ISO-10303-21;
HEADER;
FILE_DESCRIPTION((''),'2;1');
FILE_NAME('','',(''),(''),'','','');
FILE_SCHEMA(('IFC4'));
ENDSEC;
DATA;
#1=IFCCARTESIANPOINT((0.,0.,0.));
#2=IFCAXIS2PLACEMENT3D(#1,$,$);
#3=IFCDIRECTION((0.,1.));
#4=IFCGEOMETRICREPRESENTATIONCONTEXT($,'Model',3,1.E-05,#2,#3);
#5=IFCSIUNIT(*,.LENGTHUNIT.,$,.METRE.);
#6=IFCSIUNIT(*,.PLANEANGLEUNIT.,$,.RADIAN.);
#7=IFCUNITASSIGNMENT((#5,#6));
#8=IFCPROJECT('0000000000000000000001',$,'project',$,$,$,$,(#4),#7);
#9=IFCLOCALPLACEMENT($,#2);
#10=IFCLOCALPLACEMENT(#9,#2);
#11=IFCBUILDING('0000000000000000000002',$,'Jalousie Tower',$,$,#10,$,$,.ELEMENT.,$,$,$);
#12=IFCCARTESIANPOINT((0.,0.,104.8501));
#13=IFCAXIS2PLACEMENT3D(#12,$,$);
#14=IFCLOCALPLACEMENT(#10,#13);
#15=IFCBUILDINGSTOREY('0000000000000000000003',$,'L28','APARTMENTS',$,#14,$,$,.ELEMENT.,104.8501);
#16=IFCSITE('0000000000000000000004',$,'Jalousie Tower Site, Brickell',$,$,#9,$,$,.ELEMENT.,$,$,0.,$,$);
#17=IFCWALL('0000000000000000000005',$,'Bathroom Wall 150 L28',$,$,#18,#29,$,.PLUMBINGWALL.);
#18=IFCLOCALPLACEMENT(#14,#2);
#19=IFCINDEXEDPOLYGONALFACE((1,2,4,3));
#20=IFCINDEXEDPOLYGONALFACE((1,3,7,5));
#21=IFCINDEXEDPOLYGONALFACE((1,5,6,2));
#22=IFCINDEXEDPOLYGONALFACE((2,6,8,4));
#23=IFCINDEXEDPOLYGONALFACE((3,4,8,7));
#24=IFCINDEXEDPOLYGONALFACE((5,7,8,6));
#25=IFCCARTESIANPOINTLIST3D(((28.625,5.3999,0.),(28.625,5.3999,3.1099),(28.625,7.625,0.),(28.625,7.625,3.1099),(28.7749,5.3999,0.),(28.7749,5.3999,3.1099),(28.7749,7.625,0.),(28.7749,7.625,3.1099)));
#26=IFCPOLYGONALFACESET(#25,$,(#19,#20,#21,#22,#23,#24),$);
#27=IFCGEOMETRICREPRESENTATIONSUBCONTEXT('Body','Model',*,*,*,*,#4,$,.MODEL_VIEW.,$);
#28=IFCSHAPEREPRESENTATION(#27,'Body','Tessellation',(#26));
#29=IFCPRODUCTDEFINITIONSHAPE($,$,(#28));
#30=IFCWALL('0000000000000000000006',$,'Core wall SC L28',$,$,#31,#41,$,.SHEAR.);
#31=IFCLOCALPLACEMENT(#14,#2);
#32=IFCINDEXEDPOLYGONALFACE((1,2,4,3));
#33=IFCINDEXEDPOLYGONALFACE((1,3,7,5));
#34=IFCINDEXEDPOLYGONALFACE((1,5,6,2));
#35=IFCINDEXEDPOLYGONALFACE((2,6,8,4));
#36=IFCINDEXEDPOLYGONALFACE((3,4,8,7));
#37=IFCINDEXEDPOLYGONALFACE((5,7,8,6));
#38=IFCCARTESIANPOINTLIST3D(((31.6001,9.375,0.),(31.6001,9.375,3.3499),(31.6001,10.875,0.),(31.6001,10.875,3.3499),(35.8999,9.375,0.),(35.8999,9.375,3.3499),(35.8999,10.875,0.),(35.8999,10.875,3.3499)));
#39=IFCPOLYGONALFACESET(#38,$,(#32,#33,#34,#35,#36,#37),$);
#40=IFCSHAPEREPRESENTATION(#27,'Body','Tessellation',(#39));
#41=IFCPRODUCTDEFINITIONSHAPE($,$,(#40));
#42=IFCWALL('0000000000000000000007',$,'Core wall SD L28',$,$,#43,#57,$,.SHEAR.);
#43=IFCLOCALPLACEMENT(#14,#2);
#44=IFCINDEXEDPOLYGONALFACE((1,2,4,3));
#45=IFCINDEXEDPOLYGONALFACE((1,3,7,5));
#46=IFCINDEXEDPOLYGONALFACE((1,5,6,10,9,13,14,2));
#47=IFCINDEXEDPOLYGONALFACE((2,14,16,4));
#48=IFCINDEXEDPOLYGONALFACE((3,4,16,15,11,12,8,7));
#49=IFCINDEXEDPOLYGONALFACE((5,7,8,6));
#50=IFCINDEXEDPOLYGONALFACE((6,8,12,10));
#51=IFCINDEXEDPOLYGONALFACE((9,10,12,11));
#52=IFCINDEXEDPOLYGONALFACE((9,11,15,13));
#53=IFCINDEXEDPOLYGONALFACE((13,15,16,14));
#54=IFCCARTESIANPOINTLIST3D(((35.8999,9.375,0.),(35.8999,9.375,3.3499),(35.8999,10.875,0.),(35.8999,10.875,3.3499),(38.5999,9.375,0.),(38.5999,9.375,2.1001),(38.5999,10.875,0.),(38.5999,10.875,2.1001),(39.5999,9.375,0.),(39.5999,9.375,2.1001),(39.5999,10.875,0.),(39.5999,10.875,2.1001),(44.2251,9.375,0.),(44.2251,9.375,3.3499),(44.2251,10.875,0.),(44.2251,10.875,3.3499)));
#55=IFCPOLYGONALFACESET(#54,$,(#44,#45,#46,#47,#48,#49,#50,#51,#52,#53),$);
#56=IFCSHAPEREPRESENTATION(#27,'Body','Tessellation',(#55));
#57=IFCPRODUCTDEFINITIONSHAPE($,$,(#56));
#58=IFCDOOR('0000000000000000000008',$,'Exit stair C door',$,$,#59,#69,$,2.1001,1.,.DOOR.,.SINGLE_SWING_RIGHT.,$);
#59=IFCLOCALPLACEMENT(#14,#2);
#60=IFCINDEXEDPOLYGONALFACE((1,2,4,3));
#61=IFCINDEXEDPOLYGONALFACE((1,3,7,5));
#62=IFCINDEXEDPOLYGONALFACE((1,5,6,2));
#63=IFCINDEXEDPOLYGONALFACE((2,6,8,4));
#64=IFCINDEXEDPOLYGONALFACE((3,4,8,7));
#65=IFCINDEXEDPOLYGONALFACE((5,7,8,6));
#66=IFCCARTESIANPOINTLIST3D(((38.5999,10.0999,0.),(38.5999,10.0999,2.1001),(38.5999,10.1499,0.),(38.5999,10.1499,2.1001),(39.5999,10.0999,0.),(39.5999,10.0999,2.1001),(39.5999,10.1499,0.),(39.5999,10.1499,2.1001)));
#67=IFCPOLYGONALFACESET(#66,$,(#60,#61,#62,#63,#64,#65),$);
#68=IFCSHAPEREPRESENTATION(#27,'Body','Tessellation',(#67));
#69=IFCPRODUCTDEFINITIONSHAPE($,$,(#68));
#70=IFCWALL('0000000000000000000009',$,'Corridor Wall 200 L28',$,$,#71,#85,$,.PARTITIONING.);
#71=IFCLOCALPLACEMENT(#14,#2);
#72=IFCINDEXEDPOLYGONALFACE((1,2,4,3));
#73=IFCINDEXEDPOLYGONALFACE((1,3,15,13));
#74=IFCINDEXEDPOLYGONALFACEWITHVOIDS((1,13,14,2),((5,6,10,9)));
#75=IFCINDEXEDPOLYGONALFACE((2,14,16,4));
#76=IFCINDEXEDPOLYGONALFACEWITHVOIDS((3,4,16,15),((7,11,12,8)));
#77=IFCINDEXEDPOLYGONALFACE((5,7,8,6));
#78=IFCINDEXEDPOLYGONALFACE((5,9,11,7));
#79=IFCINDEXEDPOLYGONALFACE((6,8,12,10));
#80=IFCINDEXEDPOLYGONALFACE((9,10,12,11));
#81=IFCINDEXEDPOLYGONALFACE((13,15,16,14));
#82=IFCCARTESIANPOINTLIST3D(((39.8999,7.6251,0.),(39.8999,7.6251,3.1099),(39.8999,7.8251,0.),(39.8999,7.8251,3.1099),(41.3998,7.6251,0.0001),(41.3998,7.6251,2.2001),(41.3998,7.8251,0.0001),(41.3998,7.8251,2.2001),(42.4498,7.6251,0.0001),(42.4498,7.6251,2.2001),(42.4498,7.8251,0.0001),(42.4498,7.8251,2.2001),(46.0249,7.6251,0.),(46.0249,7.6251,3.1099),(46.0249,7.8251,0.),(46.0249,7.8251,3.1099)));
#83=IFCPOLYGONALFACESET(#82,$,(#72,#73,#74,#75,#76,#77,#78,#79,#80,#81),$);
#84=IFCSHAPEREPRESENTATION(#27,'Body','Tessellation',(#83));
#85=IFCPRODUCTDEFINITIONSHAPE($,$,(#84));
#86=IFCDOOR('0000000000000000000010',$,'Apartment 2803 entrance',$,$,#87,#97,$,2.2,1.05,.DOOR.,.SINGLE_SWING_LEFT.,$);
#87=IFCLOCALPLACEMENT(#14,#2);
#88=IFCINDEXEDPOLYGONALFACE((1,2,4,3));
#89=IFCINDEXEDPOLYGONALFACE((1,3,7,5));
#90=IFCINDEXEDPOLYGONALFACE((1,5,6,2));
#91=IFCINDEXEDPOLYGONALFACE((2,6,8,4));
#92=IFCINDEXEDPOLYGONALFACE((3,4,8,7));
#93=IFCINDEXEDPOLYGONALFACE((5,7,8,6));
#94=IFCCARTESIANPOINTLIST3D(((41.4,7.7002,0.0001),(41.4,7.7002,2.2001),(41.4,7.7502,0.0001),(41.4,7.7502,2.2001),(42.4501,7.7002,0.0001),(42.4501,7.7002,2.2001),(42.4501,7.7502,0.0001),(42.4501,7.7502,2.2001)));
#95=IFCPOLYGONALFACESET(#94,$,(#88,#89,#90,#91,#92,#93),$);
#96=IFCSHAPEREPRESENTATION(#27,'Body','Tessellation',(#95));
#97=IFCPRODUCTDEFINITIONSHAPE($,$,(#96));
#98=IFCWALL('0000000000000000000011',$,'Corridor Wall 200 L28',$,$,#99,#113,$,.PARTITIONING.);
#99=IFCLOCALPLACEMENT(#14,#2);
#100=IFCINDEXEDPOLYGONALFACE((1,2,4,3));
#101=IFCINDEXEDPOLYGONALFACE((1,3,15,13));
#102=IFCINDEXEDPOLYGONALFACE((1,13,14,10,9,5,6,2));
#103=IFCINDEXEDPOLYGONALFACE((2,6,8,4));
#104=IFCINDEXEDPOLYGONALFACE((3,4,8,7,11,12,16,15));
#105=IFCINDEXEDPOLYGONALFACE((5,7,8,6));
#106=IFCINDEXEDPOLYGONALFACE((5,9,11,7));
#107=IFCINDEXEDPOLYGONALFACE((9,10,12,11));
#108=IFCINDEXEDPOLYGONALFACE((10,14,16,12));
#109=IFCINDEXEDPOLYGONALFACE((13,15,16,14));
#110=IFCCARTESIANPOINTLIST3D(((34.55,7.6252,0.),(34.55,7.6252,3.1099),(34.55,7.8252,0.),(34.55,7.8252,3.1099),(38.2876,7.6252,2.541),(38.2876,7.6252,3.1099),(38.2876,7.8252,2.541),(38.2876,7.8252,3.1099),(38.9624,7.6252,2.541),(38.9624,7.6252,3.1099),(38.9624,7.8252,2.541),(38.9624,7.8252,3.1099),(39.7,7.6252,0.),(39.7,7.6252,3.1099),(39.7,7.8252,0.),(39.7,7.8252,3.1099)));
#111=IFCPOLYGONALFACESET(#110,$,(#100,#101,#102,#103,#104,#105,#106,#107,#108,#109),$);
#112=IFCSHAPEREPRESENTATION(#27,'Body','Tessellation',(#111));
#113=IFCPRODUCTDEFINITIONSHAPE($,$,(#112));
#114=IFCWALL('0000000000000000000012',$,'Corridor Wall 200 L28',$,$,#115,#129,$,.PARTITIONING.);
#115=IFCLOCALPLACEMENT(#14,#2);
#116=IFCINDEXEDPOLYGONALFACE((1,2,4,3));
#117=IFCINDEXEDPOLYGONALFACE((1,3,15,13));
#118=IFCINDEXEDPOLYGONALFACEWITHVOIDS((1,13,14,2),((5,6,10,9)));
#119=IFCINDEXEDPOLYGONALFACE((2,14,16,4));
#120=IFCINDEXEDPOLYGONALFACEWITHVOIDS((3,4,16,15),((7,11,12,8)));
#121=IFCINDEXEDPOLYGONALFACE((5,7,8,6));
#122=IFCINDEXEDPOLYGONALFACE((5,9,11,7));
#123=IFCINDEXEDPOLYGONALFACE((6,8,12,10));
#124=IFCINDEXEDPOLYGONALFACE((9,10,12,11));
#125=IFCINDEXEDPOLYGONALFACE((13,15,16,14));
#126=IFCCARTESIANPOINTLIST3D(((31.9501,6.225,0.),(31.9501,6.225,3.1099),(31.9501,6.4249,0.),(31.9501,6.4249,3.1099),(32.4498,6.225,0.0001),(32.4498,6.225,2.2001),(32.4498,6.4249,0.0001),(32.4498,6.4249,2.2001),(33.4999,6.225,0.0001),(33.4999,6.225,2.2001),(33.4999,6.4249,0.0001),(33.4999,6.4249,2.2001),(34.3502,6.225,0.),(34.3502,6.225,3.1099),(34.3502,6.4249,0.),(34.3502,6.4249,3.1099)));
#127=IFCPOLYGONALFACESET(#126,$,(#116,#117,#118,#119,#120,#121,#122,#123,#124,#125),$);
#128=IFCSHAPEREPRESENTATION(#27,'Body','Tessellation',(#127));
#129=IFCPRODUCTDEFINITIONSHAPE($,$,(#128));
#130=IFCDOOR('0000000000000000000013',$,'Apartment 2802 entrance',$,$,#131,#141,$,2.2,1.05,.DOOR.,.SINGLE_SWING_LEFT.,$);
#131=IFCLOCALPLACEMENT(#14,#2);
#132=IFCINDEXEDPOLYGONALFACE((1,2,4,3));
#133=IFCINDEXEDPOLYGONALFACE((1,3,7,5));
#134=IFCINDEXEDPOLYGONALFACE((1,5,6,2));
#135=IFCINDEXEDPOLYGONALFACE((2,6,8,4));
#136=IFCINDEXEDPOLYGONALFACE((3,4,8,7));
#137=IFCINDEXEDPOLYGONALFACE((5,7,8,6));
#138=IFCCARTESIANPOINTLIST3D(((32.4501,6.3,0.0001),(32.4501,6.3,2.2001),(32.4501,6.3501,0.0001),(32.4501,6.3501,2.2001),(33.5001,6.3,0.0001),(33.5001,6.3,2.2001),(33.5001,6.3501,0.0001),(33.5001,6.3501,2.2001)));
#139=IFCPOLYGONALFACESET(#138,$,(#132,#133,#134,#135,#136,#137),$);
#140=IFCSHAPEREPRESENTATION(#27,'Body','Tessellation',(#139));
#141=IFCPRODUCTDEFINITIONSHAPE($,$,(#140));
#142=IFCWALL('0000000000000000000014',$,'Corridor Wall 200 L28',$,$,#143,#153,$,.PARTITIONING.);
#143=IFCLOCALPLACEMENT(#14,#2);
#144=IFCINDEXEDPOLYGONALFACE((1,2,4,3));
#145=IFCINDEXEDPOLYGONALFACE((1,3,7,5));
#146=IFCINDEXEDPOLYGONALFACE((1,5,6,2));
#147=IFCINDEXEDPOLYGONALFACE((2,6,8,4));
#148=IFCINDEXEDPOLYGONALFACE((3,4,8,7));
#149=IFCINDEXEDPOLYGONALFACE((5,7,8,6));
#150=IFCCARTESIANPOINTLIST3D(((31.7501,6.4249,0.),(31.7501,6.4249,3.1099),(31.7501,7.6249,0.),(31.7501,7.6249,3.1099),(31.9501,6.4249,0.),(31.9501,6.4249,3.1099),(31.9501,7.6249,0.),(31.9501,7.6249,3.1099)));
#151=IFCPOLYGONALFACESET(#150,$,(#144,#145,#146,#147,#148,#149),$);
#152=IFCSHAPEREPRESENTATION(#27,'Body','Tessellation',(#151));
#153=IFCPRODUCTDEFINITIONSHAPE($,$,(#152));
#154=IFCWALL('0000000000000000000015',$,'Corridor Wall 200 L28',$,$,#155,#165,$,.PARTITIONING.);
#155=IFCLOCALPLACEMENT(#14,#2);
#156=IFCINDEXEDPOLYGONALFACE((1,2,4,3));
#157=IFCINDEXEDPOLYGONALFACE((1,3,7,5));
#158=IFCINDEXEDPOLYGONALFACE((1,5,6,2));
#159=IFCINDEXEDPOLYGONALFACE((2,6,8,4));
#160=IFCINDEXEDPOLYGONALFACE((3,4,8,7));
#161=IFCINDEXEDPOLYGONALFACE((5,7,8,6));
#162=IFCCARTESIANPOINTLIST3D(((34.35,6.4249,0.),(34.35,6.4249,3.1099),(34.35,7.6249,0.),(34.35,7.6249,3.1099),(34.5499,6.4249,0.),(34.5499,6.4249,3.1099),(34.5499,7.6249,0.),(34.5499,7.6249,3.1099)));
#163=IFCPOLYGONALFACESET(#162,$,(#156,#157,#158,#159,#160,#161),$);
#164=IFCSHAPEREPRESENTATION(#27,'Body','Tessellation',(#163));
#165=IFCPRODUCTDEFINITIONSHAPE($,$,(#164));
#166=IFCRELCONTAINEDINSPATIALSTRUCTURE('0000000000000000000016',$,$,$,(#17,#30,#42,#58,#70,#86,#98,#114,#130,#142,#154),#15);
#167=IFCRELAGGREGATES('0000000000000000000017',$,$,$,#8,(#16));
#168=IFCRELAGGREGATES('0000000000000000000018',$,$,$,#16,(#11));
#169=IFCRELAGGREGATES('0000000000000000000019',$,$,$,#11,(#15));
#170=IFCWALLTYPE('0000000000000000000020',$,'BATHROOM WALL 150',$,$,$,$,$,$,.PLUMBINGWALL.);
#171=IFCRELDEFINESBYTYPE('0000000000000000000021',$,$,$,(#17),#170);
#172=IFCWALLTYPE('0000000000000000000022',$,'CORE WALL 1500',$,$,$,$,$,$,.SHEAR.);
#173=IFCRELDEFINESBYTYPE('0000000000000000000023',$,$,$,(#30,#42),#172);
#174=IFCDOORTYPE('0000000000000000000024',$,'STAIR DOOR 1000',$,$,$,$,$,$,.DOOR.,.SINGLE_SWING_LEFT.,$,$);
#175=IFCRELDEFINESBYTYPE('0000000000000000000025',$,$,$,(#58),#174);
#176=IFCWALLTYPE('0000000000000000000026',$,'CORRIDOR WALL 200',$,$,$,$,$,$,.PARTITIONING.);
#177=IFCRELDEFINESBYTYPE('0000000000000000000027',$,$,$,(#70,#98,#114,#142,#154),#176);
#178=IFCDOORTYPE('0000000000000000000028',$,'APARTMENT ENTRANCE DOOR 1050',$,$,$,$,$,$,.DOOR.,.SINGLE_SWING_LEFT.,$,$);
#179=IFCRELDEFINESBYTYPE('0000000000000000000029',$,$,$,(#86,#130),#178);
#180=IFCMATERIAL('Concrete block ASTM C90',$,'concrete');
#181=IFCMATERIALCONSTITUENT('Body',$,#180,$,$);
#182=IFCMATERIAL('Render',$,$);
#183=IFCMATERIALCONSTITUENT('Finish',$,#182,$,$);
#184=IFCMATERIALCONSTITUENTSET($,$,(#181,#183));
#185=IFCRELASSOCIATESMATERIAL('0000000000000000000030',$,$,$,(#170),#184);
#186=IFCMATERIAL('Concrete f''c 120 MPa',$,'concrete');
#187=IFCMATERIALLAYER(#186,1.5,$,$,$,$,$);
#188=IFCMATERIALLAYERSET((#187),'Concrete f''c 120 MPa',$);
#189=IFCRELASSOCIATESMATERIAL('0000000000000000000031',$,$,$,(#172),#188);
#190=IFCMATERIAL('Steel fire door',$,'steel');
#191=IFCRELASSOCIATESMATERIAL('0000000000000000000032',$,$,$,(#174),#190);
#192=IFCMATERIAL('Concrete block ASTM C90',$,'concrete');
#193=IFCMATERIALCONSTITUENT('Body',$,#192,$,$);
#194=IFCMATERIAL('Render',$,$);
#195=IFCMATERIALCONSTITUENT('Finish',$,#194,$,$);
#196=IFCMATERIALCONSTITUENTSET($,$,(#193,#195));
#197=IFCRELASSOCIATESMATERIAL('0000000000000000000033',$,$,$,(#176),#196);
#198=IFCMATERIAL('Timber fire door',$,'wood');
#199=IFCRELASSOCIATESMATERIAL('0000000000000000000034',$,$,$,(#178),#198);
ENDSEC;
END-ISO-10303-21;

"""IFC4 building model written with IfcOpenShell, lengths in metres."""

from ifc_helpers import new_model, si_unit, direction, frame, frame_2d, origin, place, context, subcontext, project, spatial, polyline, rectangle, outline, extrude, material, layer, layer_set, constituent, constituent_set, type_object, element, fill, save


model = new_model("IFC4")

# Units and contexts
model_context = context("Model", 3, precision=1e-05, world=origin(), true_north=direction((0.0, 1.0)))
body_context = subcontext(model_context, "Body", "Model", "MODEL_VIEW")
ifc_project = project(units=[si_unit("LENGTHUNIT", "METRE"), si_unit("PLANEANGLEUNIT", "RADIAN")], contexts=[model_context])

# Site, building, storey
site_placement = place(None, origin())
site = spatial("IfcSite", under=ifc_project, at=site_placement, Name="Jalousie Tower Site, Brickell", CompositionType="ELEMENT", RefElevation=0.0)
building_placement = place(site_placement, origin())
building = spatial("IfcBuilding", under=site, at=building_placement, Name="Jalousie Tower", CompositionType="ELEMENT")
storey_placement = place(building_placement, frame((0.0, 0.0, 104.8501)))
storey = spatial("IfcBuildingStorey", under=building, at=storey_placement, Name="L28", Description="APARTMENTS", CompositionType="ELEMENT", Elevation=104.8501)

# Walls
ifc_material_1 = material(Name="Concrete block ASTM C90", Category="concrete")
ifc_constituent_1 = constituent(ifc_material_1, Name="Body")
ifc_material_2 = material(Name="Render")
ifc_constituent_2 = constituent(ifc_material_2, Name="Finish")
ifc_constituent_set_1 = constituent_set(constituents=[ifc_constituent_1, ifc_constituent_2])
wall_type_1 = type_object("IfcWallType", Name="BATHROOM WALL 150", PredefinedType="PLUMBINGWALL", material=ifc_constituent_set_1)
wall_1_placement = place(storey_placement, frame((28.7, 5.3999, 0.0), z_axis=(0.0, 0.0, 1.0), x_axis=(0.0, 1.0, 0.0)))
element("IfcWall", 1, at=wall_1_placement, inside=storey, type_object=wall_type_1, Name="Bathroom Wall 150 L28", PredefinedType="PLUMBINGWALL", context=body_context, shape_type="SweptSolid", body=[
    extrude(rectangle(XDim=2.2251, YDim=0.1499, at=frame_2d((1.1125, 0.0))), origin(), (0.0, 0.0, 1.0), 3.1099),
])
ifc_material_3 = material(Name="Concrete f'c 120 MPa", Category="concrete")
ifc_layer = layer(ifc_material_3, 1.5)
ifc_layer_set = layer_set([ifc_layer], Name="Concrete f'c 120 MPa")
wall_type_2 = type_object("IfcWallType", Name="CORE WALL 1500", PredefinedType="SHEAR", material=ifc_layer_set)
wall_2_placement = place(storey_placement, frame((31.6001, 10.125, 0.0), z_axis=(0.0, 0.0, 1.0), x_axis=(1.0, 0.0, 0.0)))
element("IfcWall", 2, at=wall_2_placement, inside=storey, type_object=wall_type_2, Name="Core wall SC L28", PredefinedType="SHEAR", context=body_context, shape_type="SweptSolid", body=[
    extrude(rectangle(XDim=4.2998, YDim=1.5, at=frame_2d((2.1499, 0.0))), origin(), (0.0, 0.0, 1.0), 3.3499),
])

# Walls, openings, doors
wall_3_placement = place(storey_placement, frame((35.8999, 10.125, 0.0), z_axis=(0.0, 0.0, 1.0), x_axis=(1.0, 0.0, 0.0)))
wall_3 = element("IfcWall", 3, at=wall_3_placement, inside=storey, type_object=wall_type_2, Name="Core wall SD L28", PredefinedType="SHEAR", context=body_context, shape_type="SweptSolid", body=[
    extrude(rectangle(XDim=8.3252, YDim=1.5, at=frame_2d((4.1626, 0.0))), origin(), (0.0, 0.0, 1.0), 3.3499),
])
opening_1_placement = place(wall_3_placement, frame((2.7, 0.0, 0.0)))
opening_1 = element("IfcOpeningElement", 4, at=opening_1_placement, cuts=wall_3, PredefinedType="OPENING", context=body_context, shape_type="SweptSolid", body=[
    extrude(rectangle(XDim=1.0, YDim=2.1001, at=frame_2d((0.5, 1.05))), frame((0.0, 0.76, 0.0), z_axis=(0.0, -1.0, 0.0), x_axis=(1.0, 0.0, 0.0)), (0.0, 0.0, 1.0), 1.52),
])
ifc_material_4 = material(Name="Steel fire door", Category="steel")
door_type_1 = type_object("IfcDoorType", Name="STAIR DOOR 1000", OperationType="SINGLE_SWING_LEFT", PredefinedType="DOOR", material=ifc_material_4)
door_1_placement = place(opening_1_placement, origin())
door_1 = element("IfcDoor", 5, at=door_1_placement, inside=storey, type_object=door_type_1, Name="Exit stair C door", OperationType="SINGLE_SWING_RIGHT", OverallHeight=2.1001, OverallWidth=1.0, PredefinedType="DOOR", context=body_context, shape_type="SweptSolid", body=[
    extrude(rectangle(XDim=1.0, YDim=2.1001, at=frame_2d((0.5, 1.05))), frame((0.0, 0.0249, 0.0), z_axis=(0.0, -1.0, 0.0), x_axis=(1.0, 0.0, 0.0)), (0.0, 0.0, 1.0), 0.05),
])
fill(opening_1, door_1)
ifc_material_5 = material(Name="Concrete block ASTM C90", Category="concrete")
ifc_constituent_3 = constituent(ifc_material_5, Name="Body")
ifc_material_6 = material(Name="Render")
ifc_constituent_4 = constituent(ifc_material_6, Name="Finish")
ifc_constituent_set_2 = constituent_set(constituents=[ifc_constituent_3, ifc_constituent_4])
wall_type_3 = type_object("IfcWallType", Name="CORRIDOR WALL 200", PredefinedType="PARTITIONING", material=ifc_constituent_set_2)
wall_4_placement = place(storey_placement, frame((39.8999, 7.7251, 0.0), z_axis=(0.0, 0.0, 1.0), x_axis=(1.0, 0.0, 0.0)))
wall_4 = element("IfcWall", 6, at=wall_4_placement, inside=storey, type_object=wall_type_3, Name="Corridor Wall 200 L28", PredefinedType="PARTITIONING", context=body_context, shape_type="SweptSolid", body=[
    extrude(rectangle(XDim=6.125, YDim=0.2, at=frame_2d((3.0625, 0.0))), origin(), (0.0, 0.0, 1.0), 3.1099),
])
opening_2_placement = place(wall_4_placement, frame((1.5, 0.0, 0.0)))
opening_2 = element("IfcOpeningElement", 7, at=opening_2_placement, cuts=wall_4, PredefinedType="OPENING", context=body_context, shape_type="SweptSolid", body=[
    extrude(rectangle(XDim=1.05, YDim=2.2, at=frame_2d((0.5249, 1.1001))), frame((0.0, 0.1099, 0.0), z_axis=(0.0, -1.0, 0.0), x_axis=(1.0, 0.0, 0.0)), (0.0, 0.0, 1.0), 0.22),
])
ifc_material_7 = material(Name="Timber fire door", Category="wood")
door_type_2 = type_object("IfcDoorType", Name="APARTMENT ENTRANCE DOOR 1050", OperationType="SINGLE_SWING_LEFT", PredefinedType="DOOR", material=ifc_material_7)
door_2_placement = place(opening_2_placement, frame((1.05, 0.0, 0.0), z_axis=(0.0, 0.0, 1.0), x_axis=(-1.0, 0.0, 0.0)))
door_2 = element("IfcDoor", 8, at=door_2_placement, inside=storey, type_object=door_type_2, Name="Apartment 2803 entrance", OperationType="SINGLE_SWING_LEFT", OverallHeight=2.2, OverallWidth=1.05, PredefinedType="DOOR", context=body_context, shape_type="SweptSolid", body=[
    extrude(rectangle(XDim=1.05, YDim=2.2, at=frame_2d((0.5249, 1.1001))), frame((0.0, 0.0249, 0.0), z_axis=(0.0, -1.0, 0.0), x_axis=(1.0, 0.0, 0.0)), (0.0, 0.0, 1.0), 0.05),
])
fill(opening_2, door_2)

# Wall
wall_5_placement = place(storey_placement, frame((34.55, 7.7251, 0.0), z_axis=(0.0, 0.0, 1.0), x_axis=(1.0, 0.0, 0.0)))
element("IfcWall", 9, at=wall_5_placement, inside=storey, type_object=wall_type_3, Name="Corridor Wall 200 L28", PredefinedType="PARTITIONING", context=body_context, shape_type="SweptSolid", body=[
    extrude(outline(polyline([(0.0, 0.0), (5.1499, 0.0), (5.1499, 3.1099), (4.4124, 3.1099), (4.4124, 2.541), (3.7375, 2.541), (3.7375, 3.1099), (0.0, 3.1099), (0.0, 0.0)])), frame((0.0, 0.1001, 0.0), z_axis=(0.0, -1.0, 0.0), x_axis=(1.0, 0.0, 0.0)), (0.0, 0.0, 1.0), 0.2),
])

# Wall, opening, door
wall_6_placement = place(storey_placement, frame((31.95, 6.325, 0.0), z_axis=(0.0, 0.0, 1.0), x_axis=(1.0, 0.0, 0.0)))
wall_6 = element("IfcWall", 10, at=wall_6_placement, inside=storey, type_object=wall_type_3, Name="Corridor Wall 200 L28", PredefinedType="PARTITIONING", context=body_context, shape_type="SweptSolid", body=[
    extrude(rectangle(XDim=2.4001, YDim=0.2, at=frame_2d((1.2002, 0.0))), origin(), (0.0, 0.0, 1.0), 3.1099),
])
opening_3_placement = place(wall_6_placement, frame((0.5, 0.0, 0.0)))
opening_3 = element("IfcOpeningElement", 11, at=opening_3_placement, cuts=wall_6, PredefinedType="OPENING", context=body_context, shape_type="SweptSolid", body=[
    extrude(rectangle(XDim=1.05, YDim=2.2, at=frame_2d((0.5249, 1.1001))), frame((0.0, 0.1099, 0.0), z_axis=(0.0, -1.0, 0.0), x_axis=(1.0, 0.0, 0.0)), (0.0, 0.0, 1.0), 0.22),
])
door_3_placement = place(opening_3_placement, frame((1.05, 0.0, 0.0), z_axis=(0.0, 0.0, 1.0), x_axis=(-1.0, 0.0, 0.0)))
door_3 = element("IfcDoor", 12, at=door_3_placement, inside=storey, type_object=door_type_2, Name="Apartment 2802 entrance", OperationType="SINGLE_SWING_LEFT", OverallHeight=2.2, OverallWidth=1.05, PredefinedType="DOOR", context=body_context, shape_type="SweptSolid", body=[
    extrude(rectangle(XDim=1.05, YDim=2.2, at=frame_2d((0.5249, 1.1001))), frame((0.0, 0.0249, 0.0), z_axis=(0.0, -1.0, 0.0), x_axis=(1.0, 0.0, 0.0)), (0.0, 0.0, 1.0), 0.05),
])
fill(opening_3, door_3)

# Walls
for number, where, z_axis, x_axis, name in (
    (13, (31.8501, 7.625, 0.0), (0.0, 0.0, 1.0), (0.0, -1.0, 0.0), "Corridor Wall 200 L28"),
    (14, (34.45, 7.625, 0.0), (0.0, 0.0, 1.0), (0.0, -1.0, 0.0), "Corridor Wall 200 L28"),
):
    element("IfcWall", number, at=place(storey_placement, frame(where, z_axis=z_axis, x_axis=x_axis)), inside=storey, type_object=wall_type_3, Name=name, PredefinedType="PARTITIONING", context=body_context, shape_type="SweptSolid", body=[
        extrude(rectangle(XDim=1.2, YDim=0.2, at=frame_2d((0.6001, 0.0))), origin(), (0.0, 0.0, 1.0), 3.1099),
    ])

save(model, "model.ifc")
